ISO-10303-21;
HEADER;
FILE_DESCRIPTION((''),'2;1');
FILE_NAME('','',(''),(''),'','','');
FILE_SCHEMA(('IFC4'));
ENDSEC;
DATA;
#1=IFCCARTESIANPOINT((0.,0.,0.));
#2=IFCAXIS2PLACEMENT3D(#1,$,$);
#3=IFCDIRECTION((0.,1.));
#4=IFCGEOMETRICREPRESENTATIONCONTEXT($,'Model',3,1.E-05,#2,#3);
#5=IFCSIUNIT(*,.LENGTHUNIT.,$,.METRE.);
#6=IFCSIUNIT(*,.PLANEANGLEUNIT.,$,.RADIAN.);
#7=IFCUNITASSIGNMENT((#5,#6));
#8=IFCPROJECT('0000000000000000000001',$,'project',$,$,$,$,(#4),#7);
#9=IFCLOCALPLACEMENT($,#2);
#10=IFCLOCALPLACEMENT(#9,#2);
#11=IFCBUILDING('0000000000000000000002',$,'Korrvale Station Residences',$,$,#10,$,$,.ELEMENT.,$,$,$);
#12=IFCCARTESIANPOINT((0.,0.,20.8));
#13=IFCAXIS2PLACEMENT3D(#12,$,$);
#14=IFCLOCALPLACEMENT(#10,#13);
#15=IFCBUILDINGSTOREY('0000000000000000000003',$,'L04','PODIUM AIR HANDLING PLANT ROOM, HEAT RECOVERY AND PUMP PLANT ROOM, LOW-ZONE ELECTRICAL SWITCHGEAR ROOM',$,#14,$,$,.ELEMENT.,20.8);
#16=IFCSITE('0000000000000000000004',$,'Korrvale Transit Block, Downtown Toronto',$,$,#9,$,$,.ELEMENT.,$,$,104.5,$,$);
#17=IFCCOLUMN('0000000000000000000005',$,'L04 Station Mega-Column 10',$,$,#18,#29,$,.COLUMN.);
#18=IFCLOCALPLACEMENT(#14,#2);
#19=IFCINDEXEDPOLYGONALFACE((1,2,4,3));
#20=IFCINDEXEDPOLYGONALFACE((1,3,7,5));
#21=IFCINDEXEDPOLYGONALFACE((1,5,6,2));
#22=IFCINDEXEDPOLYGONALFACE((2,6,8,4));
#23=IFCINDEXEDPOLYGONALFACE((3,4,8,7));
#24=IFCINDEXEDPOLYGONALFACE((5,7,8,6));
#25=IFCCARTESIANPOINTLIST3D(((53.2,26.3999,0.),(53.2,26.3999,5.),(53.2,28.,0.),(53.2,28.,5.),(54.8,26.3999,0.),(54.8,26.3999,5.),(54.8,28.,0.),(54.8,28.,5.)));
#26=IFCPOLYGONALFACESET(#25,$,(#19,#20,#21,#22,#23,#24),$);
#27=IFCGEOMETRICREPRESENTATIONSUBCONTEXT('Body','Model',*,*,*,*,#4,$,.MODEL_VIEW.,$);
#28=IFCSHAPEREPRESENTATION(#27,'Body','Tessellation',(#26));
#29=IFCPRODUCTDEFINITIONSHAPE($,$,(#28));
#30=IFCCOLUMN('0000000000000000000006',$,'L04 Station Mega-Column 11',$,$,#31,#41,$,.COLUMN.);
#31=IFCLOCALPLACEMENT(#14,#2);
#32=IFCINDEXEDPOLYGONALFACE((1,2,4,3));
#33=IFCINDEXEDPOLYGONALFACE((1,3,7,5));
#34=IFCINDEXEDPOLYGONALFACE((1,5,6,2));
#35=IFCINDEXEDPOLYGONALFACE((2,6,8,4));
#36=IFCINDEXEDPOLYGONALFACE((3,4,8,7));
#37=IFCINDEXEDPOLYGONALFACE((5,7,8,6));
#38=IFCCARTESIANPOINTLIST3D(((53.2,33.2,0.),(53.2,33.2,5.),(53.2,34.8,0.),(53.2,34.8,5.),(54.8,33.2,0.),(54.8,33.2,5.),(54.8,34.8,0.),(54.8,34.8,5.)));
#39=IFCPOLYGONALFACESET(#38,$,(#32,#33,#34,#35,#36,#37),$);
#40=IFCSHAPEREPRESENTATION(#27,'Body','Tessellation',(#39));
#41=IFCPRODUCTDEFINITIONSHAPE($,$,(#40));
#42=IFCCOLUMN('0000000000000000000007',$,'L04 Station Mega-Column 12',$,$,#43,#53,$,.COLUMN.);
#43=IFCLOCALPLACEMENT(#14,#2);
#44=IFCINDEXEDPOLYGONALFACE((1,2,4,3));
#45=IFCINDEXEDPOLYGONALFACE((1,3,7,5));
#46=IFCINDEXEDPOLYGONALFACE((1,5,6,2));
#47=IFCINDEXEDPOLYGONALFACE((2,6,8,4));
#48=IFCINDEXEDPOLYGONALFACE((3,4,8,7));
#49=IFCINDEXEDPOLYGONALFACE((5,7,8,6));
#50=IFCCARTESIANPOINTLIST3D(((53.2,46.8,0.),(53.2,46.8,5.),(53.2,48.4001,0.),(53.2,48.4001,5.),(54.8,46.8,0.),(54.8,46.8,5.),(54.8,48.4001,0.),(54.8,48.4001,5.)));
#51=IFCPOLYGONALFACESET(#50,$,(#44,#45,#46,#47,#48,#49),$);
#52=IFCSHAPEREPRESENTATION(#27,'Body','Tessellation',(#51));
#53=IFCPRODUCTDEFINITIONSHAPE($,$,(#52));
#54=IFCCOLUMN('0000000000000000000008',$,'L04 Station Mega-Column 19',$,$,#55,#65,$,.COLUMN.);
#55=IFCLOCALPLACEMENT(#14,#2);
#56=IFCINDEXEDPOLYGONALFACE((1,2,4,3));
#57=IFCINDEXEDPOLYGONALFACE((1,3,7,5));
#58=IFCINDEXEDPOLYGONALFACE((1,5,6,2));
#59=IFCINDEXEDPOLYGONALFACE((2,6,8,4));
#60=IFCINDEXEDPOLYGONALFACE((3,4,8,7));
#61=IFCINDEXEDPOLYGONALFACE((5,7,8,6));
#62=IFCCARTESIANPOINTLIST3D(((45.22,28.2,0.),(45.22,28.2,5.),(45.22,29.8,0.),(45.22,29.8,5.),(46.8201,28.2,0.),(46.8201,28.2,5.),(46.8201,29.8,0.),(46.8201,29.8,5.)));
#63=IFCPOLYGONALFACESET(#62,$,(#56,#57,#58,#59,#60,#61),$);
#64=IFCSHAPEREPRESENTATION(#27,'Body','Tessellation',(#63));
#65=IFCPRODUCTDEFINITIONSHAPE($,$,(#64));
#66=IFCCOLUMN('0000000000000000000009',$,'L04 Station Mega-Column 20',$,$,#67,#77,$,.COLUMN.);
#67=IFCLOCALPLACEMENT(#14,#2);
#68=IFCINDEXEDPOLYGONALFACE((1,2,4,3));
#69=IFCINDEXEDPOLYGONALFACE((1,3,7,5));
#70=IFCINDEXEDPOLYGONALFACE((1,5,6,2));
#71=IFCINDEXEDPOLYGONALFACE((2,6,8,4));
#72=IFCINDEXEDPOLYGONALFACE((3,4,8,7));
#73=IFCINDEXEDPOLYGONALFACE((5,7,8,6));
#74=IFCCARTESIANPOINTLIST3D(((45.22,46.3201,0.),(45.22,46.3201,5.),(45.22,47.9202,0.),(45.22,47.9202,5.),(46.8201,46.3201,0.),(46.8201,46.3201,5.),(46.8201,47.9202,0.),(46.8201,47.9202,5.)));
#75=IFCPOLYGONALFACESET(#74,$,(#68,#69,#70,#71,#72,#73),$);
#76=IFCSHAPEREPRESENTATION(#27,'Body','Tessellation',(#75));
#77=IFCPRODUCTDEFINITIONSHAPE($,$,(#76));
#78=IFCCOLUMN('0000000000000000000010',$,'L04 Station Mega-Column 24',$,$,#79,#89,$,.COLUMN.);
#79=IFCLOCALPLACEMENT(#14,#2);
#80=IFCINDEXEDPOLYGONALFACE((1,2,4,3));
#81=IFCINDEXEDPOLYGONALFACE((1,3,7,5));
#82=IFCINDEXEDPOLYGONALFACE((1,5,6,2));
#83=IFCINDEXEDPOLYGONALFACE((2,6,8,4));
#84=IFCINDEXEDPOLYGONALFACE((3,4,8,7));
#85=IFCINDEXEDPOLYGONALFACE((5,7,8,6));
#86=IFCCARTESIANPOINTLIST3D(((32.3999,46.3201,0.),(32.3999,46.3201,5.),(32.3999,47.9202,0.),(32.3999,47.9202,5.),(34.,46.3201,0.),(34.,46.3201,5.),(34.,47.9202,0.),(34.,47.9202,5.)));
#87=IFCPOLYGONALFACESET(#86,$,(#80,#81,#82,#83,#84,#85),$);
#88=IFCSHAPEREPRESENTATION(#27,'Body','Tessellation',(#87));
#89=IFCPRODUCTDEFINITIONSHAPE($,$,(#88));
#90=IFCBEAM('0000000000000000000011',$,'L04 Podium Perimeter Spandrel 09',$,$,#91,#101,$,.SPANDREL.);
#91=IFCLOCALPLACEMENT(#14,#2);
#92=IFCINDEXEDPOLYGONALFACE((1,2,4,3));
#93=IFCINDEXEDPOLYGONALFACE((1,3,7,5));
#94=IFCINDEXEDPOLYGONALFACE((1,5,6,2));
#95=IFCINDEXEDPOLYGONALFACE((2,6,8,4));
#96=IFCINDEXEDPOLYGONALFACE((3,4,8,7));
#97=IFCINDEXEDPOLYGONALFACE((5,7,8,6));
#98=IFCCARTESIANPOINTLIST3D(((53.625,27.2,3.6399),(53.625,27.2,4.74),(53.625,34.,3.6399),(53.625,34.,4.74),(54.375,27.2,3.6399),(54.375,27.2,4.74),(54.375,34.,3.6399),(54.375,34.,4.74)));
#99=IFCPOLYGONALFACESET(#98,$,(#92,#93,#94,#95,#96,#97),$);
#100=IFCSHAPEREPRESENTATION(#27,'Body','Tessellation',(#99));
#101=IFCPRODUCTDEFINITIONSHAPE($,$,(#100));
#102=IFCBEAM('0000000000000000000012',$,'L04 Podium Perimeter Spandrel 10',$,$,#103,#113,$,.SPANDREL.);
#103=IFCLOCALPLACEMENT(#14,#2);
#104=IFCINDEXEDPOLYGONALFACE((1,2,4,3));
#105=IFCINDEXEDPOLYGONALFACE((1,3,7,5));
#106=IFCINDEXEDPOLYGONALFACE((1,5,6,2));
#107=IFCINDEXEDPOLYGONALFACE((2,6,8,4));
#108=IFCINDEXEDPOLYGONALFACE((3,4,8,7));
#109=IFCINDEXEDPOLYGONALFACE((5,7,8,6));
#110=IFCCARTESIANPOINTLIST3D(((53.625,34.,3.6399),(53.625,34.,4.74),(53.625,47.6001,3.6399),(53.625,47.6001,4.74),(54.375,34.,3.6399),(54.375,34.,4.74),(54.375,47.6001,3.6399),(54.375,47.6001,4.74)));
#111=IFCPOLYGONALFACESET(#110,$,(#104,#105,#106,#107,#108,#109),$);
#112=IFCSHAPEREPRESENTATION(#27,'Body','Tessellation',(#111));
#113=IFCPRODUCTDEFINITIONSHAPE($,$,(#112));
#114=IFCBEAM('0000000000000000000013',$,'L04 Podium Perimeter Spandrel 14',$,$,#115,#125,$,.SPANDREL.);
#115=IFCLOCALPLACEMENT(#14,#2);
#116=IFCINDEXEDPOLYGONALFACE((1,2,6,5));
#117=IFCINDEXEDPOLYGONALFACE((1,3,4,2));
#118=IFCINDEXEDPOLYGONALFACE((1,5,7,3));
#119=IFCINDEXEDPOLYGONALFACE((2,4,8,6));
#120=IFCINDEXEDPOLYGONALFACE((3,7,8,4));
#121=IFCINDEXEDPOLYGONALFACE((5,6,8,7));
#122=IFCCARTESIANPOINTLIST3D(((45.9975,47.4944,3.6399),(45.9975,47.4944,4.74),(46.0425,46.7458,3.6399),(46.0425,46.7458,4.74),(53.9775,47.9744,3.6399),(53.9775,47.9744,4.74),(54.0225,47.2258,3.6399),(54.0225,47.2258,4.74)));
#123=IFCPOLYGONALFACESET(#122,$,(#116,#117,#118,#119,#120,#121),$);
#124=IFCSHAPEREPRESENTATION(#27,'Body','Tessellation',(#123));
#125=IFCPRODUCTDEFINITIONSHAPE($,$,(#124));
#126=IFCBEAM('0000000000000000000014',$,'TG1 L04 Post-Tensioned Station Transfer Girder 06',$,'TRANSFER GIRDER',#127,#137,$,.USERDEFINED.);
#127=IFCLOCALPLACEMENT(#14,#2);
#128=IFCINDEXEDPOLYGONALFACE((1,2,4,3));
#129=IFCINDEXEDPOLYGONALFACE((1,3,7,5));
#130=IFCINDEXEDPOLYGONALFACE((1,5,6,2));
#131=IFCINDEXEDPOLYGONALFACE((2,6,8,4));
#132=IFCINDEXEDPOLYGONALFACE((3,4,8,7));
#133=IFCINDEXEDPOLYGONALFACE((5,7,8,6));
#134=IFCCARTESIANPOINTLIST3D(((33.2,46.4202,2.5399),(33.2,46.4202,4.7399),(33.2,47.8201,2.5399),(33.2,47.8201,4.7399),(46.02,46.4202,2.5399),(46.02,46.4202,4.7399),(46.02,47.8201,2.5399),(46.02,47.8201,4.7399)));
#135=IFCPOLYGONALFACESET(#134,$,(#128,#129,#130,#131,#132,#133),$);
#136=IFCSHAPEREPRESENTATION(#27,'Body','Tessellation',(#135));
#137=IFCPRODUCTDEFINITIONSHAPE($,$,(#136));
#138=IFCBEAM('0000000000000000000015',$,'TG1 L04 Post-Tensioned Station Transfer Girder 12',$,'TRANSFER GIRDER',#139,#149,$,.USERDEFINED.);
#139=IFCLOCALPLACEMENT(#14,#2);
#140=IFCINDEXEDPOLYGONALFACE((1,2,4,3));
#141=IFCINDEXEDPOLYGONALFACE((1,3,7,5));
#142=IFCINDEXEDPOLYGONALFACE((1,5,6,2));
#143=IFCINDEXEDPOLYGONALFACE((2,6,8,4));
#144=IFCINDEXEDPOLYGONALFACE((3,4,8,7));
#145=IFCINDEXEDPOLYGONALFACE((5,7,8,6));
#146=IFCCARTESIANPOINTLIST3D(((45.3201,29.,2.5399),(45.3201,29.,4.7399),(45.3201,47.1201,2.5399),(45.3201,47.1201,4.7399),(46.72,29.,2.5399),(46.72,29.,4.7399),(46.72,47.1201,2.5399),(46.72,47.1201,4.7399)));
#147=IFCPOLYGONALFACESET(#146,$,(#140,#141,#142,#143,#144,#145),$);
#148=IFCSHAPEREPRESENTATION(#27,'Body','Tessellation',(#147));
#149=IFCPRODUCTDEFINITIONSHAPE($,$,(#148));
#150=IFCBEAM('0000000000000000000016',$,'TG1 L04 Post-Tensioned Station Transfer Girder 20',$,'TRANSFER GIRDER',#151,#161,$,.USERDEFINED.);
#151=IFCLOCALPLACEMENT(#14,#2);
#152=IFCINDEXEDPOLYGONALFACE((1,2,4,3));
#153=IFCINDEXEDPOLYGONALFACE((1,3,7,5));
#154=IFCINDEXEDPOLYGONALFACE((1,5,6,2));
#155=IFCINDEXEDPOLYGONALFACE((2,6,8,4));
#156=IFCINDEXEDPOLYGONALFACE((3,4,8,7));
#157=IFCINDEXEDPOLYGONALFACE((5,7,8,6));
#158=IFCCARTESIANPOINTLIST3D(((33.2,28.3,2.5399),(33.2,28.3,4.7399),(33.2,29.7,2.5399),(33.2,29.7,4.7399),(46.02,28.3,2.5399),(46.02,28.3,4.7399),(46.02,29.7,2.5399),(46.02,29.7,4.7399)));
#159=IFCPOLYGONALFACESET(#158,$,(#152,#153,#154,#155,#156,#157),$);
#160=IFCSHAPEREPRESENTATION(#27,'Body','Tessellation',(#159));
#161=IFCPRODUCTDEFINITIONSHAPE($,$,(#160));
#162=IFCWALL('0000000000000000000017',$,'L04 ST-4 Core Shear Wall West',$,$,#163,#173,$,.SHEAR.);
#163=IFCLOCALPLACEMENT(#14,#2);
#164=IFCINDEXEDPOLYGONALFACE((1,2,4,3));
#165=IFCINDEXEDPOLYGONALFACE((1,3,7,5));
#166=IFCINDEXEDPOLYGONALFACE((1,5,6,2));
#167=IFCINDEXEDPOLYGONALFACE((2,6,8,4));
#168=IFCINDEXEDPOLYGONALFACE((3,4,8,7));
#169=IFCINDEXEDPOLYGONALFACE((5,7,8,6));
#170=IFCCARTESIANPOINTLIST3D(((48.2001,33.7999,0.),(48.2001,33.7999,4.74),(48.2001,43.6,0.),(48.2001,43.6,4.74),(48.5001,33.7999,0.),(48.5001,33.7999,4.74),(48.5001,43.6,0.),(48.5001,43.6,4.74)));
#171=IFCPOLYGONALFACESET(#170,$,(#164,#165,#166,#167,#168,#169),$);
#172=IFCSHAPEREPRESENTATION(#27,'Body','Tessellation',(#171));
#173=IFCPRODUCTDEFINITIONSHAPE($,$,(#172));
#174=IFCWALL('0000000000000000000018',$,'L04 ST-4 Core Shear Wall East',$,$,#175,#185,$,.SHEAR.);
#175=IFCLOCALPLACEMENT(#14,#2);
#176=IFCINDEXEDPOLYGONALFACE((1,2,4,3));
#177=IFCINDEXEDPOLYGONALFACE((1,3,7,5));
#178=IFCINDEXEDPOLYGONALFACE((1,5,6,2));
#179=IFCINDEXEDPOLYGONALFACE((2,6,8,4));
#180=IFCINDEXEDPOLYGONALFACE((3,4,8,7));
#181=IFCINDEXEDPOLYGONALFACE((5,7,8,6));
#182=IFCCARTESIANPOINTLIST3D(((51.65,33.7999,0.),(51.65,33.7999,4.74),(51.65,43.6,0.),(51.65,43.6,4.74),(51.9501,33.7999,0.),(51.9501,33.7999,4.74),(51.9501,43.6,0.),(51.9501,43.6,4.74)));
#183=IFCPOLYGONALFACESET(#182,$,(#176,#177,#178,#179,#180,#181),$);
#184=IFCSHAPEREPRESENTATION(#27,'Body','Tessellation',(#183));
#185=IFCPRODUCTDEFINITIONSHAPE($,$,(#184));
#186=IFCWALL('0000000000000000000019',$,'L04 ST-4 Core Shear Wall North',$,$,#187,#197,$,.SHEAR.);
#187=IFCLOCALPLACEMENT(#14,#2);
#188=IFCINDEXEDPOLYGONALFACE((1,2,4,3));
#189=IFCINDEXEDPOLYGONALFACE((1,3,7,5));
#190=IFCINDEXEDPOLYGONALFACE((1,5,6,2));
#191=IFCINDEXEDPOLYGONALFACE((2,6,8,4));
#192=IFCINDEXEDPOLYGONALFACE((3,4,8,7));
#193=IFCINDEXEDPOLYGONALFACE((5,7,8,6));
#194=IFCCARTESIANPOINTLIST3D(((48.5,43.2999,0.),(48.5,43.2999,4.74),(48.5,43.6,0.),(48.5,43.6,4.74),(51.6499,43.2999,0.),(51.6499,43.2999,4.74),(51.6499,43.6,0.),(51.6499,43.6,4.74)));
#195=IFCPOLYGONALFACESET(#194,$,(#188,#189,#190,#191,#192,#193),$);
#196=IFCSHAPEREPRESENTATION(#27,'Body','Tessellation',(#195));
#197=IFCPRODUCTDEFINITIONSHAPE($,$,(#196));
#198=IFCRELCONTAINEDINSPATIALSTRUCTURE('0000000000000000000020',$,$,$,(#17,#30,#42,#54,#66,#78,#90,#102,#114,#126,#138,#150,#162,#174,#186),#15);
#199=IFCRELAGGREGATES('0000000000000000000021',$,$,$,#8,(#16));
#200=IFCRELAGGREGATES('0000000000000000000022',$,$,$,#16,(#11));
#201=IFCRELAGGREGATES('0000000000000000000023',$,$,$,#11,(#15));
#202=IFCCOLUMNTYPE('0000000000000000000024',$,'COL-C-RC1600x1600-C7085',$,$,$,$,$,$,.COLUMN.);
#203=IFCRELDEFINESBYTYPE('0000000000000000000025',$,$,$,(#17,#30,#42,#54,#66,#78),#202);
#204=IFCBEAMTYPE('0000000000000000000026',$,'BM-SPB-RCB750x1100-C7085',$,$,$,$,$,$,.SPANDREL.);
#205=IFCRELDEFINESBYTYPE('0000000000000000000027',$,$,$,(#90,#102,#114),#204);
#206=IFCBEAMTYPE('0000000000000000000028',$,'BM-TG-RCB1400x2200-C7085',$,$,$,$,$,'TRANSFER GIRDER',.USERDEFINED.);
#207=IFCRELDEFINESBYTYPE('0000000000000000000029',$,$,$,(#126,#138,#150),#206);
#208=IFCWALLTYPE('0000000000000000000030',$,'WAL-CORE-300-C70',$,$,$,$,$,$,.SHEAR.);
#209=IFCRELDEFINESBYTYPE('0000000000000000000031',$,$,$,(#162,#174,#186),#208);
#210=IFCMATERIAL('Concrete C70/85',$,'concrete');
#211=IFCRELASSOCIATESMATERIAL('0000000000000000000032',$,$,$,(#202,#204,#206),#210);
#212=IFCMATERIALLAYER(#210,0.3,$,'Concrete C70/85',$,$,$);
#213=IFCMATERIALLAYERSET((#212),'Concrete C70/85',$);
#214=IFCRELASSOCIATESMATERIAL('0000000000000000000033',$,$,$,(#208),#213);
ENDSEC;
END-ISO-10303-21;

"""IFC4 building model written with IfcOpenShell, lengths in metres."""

from ifc_helpers import new_model, si_unit, direction, frame, frame_2d, origin, origin_2d, place, context, subcontext, project, spatial, rectangle, extrude, material, layer, layer_set, material_profile, profile_set, type_object, element, save


model = new_model("IFC4")

# Units and contexts
model_context = context("Model", 3, precision=1e-05, world=origin(), true_north=direction((0.0, 1.0)))
body_context = subcontext(model_context, "Body", "Model", "MODEL_VIEW")
ifc_project = project(units=[si_unit("LENGTHUNIT", "METRE"), si_unit("PLANEANGLEUNIT", "RADIAN")], contexts=[model_context])

# Site, building, storey
site_placement = place(None, origin())
site = spatial("IfcSite", under=ifc_project, at=site_placement, Name="Korrvale Transit Block, Downtown Toronto", CompositionType="ELEMENT", RefElevation=104.5)
building_placement = place(site_placement, origin())
building = spatial("IfcBuilding", under=site, at=building_placement, Name="Korrvale Station Residences", CompositionType="ELEMENT")
storey_placement = place(building_placement, frame((0.0, 0.0, 20.8)))
storey = spatial("IfcBuildingStorey", under=building, at=storey_placement, Name="L04", Description="PODIUM AIR HANDLING PLANT ROOM, HEAT RECOVERY AND PUMP PLANT ROOM, LOW-ZONE ELECTRICAL SWITCHGEAR ROOM", CompositionType="ELEMENT", Elevation=20.8)

# Columns
ifc_material_1 = material(Name="Concrete C70/85", Category="concrete")
ifc_material_profile_1 = material_profile(ifc_material_1, rectangle(XDim=1.6001, YDim=1.6001, at=origin_2d()), Name="RC1600x1600")
ifc_profile_set_1 = profile_set([ifc_material_profile_1], Name="Concrete C70/85")
column_type = type_object("IfcColumnType", Name="COL-C-RC1600x1600-C7085", PredefinedType="COLUMN", material=ifc_profile_set_1)
for number, where, z_axis, x_axis, name in (
    (1, (54.0, 27.2, 0.0), (0.0, 0.0, 1.0), (1.0, 0.0, 0.0), "L04 Station Mega-Column 10"),
    (2, (54.0, 34.0, 0.0), (0.0, 0.0, 1.0), (1.0, 0.0, 0.0), "L04 Station Mega-Column 11"),
    (3, (54.0, 47.6001, 0.0), (0.0, 0.0, 1.0), (1.0, 0.0, 0.0), "L04 Station Mega-Column 12"),
    (4, (46.02, 29.0, 0.0), (0.0, 0.0, 1.0), (1.0, 0.0, 0.0), "L04 Station Mega-Column 19"),
    (5, (46.02, 47.1201, 0.0), (0.0, 0.0, 1.0), (1.0, 0.0, 0.0), "L04 Station Mega-Column 20"),
    (6, (33.2, 47.1201, 0.0), (0.0, 0.0, 1.0), (1.0, 0.0, 0.0), "L04 Station Mega-Column 24"),
):
    element("IfcColumn", number, at=place(storey_placement, frame(where, z_axis=z_axis, x_axis=x_axis)), inside=storey, type_object=column_type, Name=name, PredefinedType="COLUMN", context=body_context, shape_type="SweptSolid", body=[
        extrude(rectangle(XDim=1.6001, YDim=1.6001, at=origin_2d()), origin(), (0.0, 0.0, 1.0), 5.0),
    ])

# Beams
ifc_material_profile_2 = material_profile(ifc_material_1, rectangle(XDim=0.75, YDim=1.1001, at=origin_2d()), Name="RCB750x1100")
ifc_profile_set_2 = profile_set([ifc_material_profile_2], Name="Concrete C70/85")
beam_type_1 = type_object("IfcBeamType", Name="BM-SPB-RCB750x1100-C7085", PredefinedType="SPANDREL", material=ifc_profile_set_2)
beam_1_placement = place(storey_placement, frame((54.0, 27.2, 4.1899), z_axis=(0.0, 1.0, 0.0), x_axis=(-1.0, 0.0, 0.0)))
element("IfcBeam", 7, at=beam_1_placement, inside=storey, type_object=beam_type_1, Name="L04 Podium Perimeter Spandrel 09", PredefinedType="SPANDREL", context=body_context, shape_type="SweptSolid", body=[
    extrude(rectangle(XDim=0.75, YDim=1.1001, at=origin_2d()), origin(), (0.0, 0.0, 1.0), 6.8),
])
beam_2_placement = place(storey_placement, frame((54.0, 34.0, 4.1899), z_axis=(0.0, 1.0, 0.0), x_axis=(-1.0, 0.0, 0.0)))
element("IfcBeam", 8, at=beam_2_placement, inside=storey, type_object=beam_type_1, Name="L04 Podium Perimeter Spandrel 10", PredefinedType="SPANDREL", context=body_context, shape_type="SweptSolid", body=[
    extrude(rectangle(XDim=0.75, YDim=1.1001, at=origin_2d()), origin(), (0.0, 0.0, 1.0), 13.6001),
])
beam_3_placement = place(storey_placement, frame((46.02, 47.1201, 4.1899), z_axis=(0.998196, 0.06004, 0.0), x_axis=(-0.06004, 0.998196, 0.0)))
element("IfcBeam", 9, at=beam_3_placement, inside=storey, type_object=beam_type_1, Name="L04 Podium Perimeter Spandrel 14", PredefinedType="SPANDREL", context=body_context, shape_type="SweptSolid", body=[
    extrude(rectangle(XDim=0.75, YDim=1.1001, at=origin_2d()), origin(), (0.0, 0.0, 1.0), 7.9944),
])
ifc_material_profile_3 = material_profile(ifc_material_1, rectangle(XDim=1.3999, YDim=2.2, at=origin_2d()), Name="RCB1400x2200")
ifc_profile_set_3 = profile_set([ifc_material_profile_3], Name="Concrete C70/85")
beam_type_2 = type_object("IfcBeamType", Name="BM-TG-RCB1400x2200-C7085", ElementType="TRANSFER GIRDER", PredefinedType="USERDEFINED", material=ifc_profile_set_3)
beam_4_placement = place(storey_placement, frame((33.2, 47.1201, 3.6399), z_axis=(1.0, 0.0, 0.0), x_axis=(0.0, 1.0, 0.0)))
element("IfcBeam", 10, at=beam_4_placement, inside=storey, type_object=beam_type_2, Name="TG1 L04 Post-Tensioned Station Transfer Girder 06", ObjectType="TRANSFER GIRDER", PredefinedType="USERDEFINED", context=body_context, shape_type="SweptSolid", body=[
    extrude(rectangle(XDim=1.3999, YDim=2.2, at=origin_2d()), origin(), (0.0, 0.0, 1.0), 12.8201),
])
beam_5_placement = place(storey_placement, frame((46.02, 29.0, 3.6399), z_axis=(0.0, 1.0, 0.0), x_axis=(-1.0, 0.0, 0.0)))
element("IfcBeam", 11, at=beam_5_placement, inside=storey, type_object=beam_type_2, Name="TG1 L04 Post-Tensioned Station Transfer Girder 12", ObjectType="TRANSFER GIRDER", PredefinedType="USERDEFINED", context=body_context, shape_type="SweptSolid", body=[
    extrude(rectangle(XDim=1.3999, YDim=2.2, at=origin_2d()), origin(), (0.0, 0.0, 1.0), 18.1201),
])
beam_6_placement = place(storey_placement, frame((33.2, 29.0, 3.6399), z_axis=(1.0, 0.0, 0.0), x_axis=(0.0, 1.0, 0.0)))
element("IfcBeam", 12, at=beam_6_placement, inside=storey, type_object=beam_type_2, Name="TG1 L04 Post-Tensioned Station Transfer Girder 20", ObjectType="TRANSFER GIRDER", PredefinedType="USERDEFINED", context=body_context, shape_type="SweptSolid", body=[
    extrude(rectangle(XDim=1.3999, YDim=2.2, at=origin_2d()), origin(), (0.0, 0.0, 1.0), 12.8201),
])

# Walls
ifc_layer_1 = layer(ifc_material_1, 0.3, Name="Concrete C70/85")
ifc_layer_set_1 = layer_set([ifc_layer_1], Name="Concrete C70/85")
wall_type_1 = type_object("IfcWallType", Name="WAL-CORE-300-C70", PredefinedType="SHEAR", material=ifc_layer_set_1)
for number, where, z_axis, x_axis, name in (
    (13, (48.3501, 33.8, 0.0), (0.0, 0.0, 1.0), (0.0, 1.0, 0.0), "L04 ST-4 Core Shear Wall West"),
    (14, (51.8, 33.8, 0.0), (0.0, 0.0, 1.0), (0.0, 1.0, 0.0), "L04 ST-4 Core Shear Wall East"),
):
    element("IfcWall", number, at=place(storey_placement, frame(where, z_axis=z_axis, x_axis=x_axis)), inside=storey, type_object=wall_type_1, Name=name, PredefinedType="SHEAR", context=body_context, shape_type="SweptSolid", body=[
        extrude(rectangle(XDim=9.8, YDim=0.3, at=frame_2d((4.8999, 0.0))), origin(), (0.0, 0.0, 1.0), 4.74),
    ])
wall_1_placement = place(storey_placement, frame((48.5, 43.45, 0.0), z_axis=(0.0, 0.0, 1.0), x_axis=(1.0, 0.0, 0.0)))
element("IfcWall", 15, at=wall_1_placement, inside=storey, type_object=wall_type_1, Name="L04 ST-4 Core Shear Wall North", PredefinedType="SHEAR", context=body_context, shape_type="SweptSolid", body=[
    extrude(rectangle(XDim=3.1499, YDim=0.3, at=frame_2d((1.575, 0.0))), origin(), (0.0, 0.0, 1.0), 4.74),
])

save(model, "model.ifc")
